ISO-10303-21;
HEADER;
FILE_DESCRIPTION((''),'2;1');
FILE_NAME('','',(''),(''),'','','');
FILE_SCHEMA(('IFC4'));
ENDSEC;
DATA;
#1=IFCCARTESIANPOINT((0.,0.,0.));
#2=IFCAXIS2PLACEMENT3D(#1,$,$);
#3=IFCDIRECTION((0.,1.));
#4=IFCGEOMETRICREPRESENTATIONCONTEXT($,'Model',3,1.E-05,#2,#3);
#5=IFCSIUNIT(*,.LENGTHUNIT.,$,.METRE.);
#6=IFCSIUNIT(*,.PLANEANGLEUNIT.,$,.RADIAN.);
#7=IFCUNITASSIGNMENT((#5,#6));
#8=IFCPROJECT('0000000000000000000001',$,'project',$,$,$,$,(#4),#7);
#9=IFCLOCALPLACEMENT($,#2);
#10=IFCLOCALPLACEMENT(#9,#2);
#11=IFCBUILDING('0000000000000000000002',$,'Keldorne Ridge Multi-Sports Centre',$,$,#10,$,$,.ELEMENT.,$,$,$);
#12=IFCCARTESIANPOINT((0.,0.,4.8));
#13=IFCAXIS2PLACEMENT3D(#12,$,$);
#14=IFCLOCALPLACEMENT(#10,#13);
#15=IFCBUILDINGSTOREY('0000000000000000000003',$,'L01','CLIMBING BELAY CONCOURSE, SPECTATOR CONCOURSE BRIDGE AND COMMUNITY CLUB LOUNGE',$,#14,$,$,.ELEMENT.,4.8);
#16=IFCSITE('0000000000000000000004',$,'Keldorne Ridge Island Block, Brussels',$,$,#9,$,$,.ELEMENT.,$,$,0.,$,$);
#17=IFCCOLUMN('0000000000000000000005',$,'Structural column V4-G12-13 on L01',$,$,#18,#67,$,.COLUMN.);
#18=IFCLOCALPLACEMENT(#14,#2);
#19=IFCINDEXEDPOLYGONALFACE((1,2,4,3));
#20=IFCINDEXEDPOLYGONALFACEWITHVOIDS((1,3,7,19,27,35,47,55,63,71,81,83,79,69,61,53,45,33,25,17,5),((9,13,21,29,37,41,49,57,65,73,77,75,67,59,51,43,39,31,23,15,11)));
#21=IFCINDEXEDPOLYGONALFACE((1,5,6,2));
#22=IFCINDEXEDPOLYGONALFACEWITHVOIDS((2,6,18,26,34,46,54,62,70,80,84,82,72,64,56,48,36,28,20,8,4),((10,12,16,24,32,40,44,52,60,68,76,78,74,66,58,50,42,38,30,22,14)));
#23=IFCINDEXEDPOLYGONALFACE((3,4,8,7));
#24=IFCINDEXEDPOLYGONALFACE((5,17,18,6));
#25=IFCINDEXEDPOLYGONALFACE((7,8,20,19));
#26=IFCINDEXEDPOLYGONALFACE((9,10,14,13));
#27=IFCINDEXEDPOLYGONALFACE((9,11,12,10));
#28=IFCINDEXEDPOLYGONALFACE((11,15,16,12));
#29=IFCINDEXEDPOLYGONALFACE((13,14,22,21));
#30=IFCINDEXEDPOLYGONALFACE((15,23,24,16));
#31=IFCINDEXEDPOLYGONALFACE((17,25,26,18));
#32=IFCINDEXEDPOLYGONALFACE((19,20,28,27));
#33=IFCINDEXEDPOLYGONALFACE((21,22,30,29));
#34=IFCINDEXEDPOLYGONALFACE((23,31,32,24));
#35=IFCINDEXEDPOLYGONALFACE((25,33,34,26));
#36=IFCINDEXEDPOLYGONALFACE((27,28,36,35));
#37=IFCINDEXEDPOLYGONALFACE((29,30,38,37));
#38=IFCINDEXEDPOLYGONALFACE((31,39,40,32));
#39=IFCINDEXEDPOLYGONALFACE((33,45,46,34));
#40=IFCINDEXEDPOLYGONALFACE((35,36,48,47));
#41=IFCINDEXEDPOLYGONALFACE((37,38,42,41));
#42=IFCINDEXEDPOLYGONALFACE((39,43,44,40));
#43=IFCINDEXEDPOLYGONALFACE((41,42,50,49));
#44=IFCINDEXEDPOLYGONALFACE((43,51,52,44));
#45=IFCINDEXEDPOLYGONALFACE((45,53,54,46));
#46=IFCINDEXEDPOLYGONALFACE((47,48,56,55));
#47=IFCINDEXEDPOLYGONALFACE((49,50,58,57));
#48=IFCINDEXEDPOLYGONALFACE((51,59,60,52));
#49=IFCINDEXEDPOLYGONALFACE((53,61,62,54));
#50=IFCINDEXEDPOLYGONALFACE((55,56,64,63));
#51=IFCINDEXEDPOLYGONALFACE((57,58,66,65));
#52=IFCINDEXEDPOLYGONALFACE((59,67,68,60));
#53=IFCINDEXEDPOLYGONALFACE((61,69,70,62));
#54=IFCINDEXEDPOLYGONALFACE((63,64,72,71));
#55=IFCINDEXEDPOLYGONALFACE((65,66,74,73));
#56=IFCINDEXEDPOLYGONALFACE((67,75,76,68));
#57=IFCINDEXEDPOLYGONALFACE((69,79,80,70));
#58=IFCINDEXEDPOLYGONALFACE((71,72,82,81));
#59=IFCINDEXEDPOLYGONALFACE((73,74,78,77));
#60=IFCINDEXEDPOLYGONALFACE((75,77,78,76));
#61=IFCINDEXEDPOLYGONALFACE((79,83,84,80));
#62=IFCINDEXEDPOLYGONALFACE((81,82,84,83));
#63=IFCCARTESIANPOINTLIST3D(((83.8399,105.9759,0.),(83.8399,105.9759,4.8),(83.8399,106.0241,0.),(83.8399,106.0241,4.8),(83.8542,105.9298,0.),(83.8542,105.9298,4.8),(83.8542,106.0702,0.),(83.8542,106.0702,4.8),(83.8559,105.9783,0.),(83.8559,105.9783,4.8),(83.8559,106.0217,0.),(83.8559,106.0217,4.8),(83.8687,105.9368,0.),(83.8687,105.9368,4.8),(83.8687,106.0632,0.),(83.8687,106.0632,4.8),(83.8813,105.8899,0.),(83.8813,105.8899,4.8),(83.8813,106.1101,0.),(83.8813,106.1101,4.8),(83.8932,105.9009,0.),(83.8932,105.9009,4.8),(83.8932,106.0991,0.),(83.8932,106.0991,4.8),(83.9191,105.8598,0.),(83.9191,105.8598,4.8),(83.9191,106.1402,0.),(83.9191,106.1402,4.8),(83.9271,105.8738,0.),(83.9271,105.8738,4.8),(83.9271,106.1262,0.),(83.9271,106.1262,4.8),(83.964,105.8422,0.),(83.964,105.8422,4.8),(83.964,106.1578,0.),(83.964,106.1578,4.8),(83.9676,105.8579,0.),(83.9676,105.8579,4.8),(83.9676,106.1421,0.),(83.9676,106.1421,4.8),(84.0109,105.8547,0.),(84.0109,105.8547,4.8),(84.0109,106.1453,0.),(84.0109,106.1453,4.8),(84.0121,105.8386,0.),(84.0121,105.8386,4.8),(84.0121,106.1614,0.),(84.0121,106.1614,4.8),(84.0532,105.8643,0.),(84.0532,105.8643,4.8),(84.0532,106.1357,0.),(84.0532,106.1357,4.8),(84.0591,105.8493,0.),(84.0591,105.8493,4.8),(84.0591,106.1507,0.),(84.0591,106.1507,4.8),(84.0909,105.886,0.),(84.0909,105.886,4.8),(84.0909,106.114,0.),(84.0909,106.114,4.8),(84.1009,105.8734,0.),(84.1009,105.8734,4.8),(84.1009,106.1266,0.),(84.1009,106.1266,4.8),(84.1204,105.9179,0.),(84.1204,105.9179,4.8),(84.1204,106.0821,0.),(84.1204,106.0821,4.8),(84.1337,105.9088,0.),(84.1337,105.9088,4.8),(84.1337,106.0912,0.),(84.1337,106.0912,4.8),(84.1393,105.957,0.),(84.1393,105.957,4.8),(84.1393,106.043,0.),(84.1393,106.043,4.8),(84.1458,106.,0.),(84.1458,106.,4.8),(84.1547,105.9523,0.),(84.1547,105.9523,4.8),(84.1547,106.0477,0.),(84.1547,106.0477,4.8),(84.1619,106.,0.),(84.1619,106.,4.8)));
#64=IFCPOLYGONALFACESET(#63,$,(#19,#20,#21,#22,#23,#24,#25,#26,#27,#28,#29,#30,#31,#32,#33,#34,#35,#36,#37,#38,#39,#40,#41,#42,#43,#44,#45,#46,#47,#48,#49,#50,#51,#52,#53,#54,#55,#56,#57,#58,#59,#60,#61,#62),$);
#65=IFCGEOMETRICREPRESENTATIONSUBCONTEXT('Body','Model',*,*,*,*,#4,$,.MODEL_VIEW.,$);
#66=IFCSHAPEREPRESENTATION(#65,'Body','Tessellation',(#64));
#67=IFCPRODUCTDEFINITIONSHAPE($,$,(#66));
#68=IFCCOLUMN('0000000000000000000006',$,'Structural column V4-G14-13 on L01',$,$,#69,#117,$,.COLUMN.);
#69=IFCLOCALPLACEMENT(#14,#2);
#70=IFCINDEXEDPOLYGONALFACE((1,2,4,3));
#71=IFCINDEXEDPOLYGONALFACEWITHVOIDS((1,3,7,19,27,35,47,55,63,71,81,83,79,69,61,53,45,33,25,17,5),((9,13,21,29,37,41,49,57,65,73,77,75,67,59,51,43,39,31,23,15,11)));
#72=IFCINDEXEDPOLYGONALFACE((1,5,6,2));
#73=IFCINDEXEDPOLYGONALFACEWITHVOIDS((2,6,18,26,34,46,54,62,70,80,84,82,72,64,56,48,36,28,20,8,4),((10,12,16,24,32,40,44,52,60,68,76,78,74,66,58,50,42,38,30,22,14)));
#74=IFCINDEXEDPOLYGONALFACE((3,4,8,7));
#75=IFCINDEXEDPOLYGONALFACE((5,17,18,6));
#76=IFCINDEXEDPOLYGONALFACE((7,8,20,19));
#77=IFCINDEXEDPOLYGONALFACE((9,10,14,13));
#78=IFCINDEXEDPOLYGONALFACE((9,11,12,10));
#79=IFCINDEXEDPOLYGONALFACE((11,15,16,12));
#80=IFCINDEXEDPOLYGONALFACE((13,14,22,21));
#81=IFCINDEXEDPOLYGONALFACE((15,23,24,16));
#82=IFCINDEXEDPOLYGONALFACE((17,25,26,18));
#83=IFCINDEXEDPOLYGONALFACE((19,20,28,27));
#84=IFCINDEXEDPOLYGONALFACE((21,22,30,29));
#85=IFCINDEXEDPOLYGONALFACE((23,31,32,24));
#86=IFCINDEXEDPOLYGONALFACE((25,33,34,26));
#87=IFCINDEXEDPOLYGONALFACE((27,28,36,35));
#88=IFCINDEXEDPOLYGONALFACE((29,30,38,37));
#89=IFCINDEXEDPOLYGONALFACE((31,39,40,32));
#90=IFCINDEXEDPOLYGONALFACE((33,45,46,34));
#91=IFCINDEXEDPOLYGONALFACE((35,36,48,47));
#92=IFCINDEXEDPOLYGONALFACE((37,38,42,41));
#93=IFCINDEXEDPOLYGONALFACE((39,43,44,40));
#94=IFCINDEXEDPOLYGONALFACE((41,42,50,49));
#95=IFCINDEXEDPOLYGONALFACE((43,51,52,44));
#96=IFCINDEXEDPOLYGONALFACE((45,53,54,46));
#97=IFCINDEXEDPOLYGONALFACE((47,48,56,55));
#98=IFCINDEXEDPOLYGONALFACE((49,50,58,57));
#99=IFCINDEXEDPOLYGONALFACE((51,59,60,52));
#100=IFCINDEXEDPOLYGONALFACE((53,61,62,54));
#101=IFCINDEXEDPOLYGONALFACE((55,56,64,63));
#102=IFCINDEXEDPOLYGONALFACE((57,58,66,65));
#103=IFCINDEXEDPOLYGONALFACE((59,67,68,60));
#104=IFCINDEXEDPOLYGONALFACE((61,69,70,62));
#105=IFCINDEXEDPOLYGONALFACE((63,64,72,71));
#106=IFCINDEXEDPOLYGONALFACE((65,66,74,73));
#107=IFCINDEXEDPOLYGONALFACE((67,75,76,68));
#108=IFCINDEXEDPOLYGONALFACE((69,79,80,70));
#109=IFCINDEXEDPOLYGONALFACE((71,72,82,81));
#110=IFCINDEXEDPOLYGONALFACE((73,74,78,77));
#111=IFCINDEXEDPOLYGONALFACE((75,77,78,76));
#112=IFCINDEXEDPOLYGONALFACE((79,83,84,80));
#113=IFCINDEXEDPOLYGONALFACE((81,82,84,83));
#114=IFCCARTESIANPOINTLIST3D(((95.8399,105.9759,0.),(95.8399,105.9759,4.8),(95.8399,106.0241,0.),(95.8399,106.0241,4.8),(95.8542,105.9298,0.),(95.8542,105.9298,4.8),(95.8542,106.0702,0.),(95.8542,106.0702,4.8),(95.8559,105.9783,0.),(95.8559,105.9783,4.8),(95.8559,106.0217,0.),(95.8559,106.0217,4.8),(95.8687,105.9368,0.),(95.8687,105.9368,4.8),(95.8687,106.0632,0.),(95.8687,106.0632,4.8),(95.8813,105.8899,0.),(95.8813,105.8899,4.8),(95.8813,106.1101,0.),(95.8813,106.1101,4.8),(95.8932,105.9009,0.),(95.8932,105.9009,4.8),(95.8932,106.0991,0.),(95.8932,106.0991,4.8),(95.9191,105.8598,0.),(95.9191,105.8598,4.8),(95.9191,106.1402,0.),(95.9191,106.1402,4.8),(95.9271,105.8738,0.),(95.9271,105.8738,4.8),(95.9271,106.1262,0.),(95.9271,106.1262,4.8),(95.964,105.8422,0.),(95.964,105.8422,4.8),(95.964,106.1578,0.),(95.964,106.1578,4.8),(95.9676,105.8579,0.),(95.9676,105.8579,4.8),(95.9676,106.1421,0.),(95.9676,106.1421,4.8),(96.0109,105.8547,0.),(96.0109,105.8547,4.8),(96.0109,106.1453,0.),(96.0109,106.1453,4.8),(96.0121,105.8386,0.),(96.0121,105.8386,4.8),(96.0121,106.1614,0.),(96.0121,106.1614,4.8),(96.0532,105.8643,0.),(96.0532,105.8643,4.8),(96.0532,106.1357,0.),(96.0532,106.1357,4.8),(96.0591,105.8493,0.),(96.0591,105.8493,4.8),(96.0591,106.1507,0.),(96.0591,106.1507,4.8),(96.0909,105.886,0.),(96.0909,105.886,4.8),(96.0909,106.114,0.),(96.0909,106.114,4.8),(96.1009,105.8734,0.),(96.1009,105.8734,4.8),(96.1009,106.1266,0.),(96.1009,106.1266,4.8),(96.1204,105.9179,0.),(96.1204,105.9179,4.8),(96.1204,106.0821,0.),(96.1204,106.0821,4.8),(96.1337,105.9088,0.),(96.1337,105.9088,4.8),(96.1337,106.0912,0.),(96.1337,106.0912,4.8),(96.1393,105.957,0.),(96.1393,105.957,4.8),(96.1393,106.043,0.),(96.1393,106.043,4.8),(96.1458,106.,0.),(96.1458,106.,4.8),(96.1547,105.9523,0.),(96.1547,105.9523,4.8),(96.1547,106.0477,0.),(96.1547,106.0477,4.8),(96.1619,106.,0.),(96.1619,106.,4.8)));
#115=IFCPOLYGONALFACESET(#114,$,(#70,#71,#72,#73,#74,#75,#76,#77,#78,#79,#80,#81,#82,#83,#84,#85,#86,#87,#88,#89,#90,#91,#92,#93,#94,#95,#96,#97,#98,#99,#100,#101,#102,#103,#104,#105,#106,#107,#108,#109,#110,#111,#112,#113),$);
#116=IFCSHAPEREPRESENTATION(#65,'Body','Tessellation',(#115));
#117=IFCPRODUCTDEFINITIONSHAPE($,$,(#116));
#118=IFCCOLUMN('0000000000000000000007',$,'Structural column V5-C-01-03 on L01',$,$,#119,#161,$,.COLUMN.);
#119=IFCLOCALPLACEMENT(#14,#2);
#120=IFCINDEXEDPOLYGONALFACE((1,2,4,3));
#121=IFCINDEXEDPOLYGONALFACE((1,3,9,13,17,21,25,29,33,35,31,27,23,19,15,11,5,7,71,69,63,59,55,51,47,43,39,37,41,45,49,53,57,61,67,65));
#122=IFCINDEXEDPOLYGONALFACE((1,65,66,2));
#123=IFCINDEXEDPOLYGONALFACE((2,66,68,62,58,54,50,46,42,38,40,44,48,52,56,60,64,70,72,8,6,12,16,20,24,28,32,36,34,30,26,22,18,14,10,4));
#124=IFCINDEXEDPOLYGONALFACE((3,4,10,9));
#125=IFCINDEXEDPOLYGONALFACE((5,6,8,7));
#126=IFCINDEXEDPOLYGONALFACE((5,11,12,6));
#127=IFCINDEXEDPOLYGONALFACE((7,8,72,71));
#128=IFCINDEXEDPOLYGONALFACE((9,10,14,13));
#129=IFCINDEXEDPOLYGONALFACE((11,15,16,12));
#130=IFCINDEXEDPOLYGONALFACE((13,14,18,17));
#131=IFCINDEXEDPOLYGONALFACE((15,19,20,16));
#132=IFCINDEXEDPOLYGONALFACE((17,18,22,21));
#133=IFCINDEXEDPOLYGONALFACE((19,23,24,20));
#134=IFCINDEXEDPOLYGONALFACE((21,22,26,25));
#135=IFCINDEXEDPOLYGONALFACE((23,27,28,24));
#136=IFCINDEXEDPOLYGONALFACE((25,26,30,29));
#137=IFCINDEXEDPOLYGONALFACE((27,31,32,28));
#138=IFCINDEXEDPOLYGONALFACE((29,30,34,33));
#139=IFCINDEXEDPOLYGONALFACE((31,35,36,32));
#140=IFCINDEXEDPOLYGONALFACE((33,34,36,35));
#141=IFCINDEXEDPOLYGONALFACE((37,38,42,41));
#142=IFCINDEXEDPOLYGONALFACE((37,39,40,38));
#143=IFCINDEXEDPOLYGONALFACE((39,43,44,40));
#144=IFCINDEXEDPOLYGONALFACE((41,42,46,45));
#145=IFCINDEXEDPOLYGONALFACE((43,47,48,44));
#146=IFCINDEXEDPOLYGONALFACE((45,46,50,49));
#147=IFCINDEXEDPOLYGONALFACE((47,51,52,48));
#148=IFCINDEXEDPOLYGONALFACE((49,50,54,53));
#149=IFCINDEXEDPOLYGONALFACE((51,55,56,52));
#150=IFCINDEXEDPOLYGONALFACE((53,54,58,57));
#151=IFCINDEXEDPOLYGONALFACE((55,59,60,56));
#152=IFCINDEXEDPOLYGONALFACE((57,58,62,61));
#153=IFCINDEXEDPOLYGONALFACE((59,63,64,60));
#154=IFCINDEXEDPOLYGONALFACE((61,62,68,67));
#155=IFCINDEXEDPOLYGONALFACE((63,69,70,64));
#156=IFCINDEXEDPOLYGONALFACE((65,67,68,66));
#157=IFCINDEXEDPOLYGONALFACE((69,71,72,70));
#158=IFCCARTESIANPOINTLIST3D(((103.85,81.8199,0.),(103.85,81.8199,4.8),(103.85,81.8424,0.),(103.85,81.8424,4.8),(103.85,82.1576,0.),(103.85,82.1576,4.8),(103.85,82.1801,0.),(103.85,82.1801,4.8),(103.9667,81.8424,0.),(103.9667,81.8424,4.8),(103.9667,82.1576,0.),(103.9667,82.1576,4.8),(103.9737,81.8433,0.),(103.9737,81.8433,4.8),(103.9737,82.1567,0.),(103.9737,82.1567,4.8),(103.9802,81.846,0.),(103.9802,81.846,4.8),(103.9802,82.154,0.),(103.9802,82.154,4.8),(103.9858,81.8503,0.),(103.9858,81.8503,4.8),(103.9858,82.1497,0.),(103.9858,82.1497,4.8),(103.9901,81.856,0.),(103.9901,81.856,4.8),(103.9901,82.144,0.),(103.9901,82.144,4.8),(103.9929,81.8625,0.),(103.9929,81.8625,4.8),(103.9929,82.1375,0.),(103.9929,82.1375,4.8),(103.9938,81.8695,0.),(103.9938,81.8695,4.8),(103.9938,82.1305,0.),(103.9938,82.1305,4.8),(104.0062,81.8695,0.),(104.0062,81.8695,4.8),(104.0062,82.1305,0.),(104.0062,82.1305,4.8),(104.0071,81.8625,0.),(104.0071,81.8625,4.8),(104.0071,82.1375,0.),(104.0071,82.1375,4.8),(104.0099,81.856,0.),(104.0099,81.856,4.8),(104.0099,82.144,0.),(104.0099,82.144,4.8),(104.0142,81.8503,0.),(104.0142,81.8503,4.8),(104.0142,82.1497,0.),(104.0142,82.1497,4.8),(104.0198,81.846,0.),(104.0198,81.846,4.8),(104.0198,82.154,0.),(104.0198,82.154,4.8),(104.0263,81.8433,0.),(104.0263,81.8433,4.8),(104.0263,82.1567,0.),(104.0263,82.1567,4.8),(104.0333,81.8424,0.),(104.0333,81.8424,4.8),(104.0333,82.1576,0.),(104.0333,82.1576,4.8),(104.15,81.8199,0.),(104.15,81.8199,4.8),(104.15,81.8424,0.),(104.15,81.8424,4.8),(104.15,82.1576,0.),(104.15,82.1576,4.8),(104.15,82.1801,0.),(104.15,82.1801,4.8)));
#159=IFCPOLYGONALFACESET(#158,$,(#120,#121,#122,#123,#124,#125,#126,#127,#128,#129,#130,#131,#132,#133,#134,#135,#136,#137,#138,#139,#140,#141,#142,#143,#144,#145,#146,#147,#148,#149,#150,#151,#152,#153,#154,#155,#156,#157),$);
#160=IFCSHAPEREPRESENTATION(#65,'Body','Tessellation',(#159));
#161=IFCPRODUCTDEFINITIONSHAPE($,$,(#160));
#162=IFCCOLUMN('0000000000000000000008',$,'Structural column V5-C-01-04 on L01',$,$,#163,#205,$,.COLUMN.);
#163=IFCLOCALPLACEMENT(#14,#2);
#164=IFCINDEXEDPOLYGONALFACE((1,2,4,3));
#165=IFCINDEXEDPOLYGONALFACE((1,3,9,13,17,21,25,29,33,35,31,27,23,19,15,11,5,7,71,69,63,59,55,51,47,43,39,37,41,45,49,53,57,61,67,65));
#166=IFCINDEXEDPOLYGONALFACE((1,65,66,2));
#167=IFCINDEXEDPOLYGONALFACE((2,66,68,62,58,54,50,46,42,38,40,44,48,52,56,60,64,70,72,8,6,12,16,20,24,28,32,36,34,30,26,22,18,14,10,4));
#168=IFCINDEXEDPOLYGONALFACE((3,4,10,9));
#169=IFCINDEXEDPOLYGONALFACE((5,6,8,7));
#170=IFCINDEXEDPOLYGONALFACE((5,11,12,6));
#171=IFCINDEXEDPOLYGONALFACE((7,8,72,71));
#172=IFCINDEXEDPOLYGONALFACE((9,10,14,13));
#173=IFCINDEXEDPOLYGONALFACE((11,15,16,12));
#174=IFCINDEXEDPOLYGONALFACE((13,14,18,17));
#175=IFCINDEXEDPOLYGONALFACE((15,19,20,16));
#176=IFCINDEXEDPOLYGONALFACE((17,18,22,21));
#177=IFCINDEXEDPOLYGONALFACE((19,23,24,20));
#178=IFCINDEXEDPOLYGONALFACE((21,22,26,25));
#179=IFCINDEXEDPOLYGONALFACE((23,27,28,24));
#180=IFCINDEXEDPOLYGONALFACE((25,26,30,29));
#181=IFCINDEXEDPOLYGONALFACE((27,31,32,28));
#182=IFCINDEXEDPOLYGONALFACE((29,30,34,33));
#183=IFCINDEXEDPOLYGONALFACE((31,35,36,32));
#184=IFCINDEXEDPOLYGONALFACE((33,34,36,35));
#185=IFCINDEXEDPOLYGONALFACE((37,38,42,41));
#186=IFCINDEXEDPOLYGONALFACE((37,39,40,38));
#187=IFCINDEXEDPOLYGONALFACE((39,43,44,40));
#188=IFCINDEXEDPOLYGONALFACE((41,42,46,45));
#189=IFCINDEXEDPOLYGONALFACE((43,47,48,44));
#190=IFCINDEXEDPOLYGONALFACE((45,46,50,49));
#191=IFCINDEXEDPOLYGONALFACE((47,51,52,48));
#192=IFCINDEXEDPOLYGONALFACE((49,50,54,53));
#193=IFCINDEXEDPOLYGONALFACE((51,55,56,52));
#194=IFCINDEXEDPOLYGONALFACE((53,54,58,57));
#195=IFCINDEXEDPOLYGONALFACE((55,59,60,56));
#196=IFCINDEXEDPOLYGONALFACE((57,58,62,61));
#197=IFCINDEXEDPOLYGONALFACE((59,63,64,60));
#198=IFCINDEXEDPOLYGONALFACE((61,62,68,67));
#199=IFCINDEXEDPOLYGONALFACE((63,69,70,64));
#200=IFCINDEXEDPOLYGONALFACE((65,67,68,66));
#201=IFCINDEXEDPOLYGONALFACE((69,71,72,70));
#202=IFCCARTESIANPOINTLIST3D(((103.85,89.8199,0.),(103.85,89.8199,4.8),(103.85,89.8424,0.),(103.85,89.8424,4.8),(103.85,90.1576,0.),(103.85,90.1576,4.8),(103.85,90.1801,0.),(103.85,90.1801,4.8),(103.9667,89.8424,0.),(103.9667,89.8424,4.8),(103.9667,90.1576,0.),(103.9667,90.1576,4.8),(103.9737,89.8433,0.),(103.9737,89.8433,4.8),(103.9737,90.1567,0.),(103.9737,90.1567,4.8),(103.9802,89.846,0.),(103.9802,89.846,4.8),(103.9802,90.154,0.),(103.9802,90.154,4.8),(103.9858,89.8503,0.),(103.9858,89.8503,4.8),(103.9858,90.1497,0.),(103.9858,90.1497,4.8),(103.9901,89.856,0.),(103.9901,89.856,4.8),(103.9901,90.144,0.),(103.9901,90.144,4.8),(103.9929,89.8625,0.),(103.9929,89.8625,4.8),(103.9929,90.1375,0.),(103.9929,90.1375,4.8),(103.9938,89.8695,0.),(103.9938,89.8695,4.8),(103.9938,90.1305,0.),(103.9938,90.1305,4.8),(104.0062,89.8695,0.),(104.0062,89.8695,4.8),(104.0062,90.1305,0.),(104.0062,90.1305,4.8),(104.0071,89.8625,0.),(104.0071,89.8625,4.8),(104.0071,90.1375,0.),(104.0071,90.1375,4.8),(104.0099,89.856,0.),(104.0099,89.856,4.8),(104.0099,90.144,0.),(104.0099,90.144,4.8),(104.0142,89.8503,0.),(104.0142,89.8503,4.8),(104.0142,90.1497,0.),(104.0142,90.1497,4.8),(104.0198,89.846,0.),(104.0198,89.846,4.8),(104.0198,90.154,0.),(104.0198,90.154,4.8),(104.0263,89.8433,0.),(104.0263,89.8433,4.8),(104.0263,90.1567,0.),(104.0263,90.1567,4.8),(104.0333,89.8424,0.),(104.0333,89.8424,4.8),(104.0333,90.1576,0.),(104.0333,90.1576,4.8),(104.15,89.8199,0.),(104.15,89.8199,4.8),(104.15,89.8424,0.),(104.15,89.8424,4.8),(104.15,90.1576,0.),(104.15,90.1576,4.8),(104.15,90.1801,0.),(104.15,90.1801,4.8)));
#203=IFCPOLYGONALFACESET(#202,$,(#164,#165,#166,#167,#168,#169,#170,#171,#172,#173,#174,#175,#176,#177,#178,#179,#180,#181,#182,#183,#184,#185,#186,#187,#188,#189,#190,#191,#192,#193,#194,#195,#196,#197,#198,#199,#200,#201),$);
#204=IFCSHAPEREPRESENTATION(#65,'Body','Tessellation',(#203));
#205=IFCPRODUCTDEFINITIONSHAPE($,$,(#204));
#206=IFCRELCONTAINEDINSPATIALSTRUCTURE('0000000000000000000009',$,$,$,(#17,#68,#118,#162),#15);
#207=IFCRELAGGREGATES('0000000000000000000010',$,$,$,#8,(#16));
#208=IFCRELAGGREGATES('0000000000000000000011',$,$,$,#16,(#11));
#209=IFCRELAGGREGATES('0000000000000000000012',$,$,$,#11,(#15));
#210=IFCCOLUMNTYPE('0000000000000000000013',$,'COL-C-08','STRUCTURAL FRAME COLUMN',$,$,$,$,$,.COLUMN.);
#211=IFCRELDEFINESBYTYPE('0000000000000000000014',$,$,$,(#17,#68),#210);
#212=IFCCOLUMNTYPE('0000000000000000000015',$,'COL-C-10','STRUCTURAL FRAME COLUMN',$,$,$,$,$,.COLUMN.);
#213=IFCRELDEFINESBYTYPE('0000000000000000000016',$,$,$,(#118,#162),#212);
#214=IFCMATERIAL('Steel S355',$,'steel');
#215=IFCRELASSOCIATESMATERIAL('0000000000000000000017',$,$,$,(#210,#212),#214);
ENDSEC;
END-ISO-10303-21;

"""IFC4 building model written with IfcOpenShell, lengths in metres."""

from ifc_helpers import new_model, si_unit, direction, frame, origin, origin_2d, place, context, subcontext, project, spatial, hollow_circle, i_section, extrude, material, material_profile, profile_set, type_object, element, save


model = new_model("IFC4")

# Units and contexts
model_context = context("Model", 3, precision=1e-05, world=origin(), true_north=direction((0.0, 1.0)))
body_context = subcontext(model_context, "Body", "Model", "MODEL_VIEW")
ifc_project = project(units=[si_unit("LENGTHUNIT", "METRE"), si_unit("PLANEANGLEUNIT", "RADIAN")], contexts=[model_context])

# Site, building, storey
site_placement = place(None, origin())
site = spatial("IfcSite", under=ifc_project, at=site_placement, Name="Keldorne Ridge Island Block, Brussels", CompositionType="ELEMENT", RefElevation=0.0)
building_placement = place(site_placement, origin())
building = spatial("IfcBuilding", under=site, at=building_placement, Name="Keldorne Ridge Multi-Sports Centre", CompositionType="ELEMENT")
storey_placement = place(building_placement, frame((0.0, 0.0, 4.8)))
storey = spatial("IfcBuildingStorey", under=building, at=storey_placement, Name="L01", Description="CLIMBING BELAY CONCOURSE, SPECTATOR CONCOURSE BRIDGE AND COMMUNITY CLUB LOUNGE", CompositionType="ELEMENT", Elevation=4.8)

# Columns
ifc_material_1 = material(Name="Steel S355", Category="steel")
ifc_material_profile_1 = material_profile(ifc_material_1, hollow_circle(Radius=0.1619, WallThickness=0.0161, at=origin_2d()), Name="CHS 323.9x16")
ifc_profile_set_1 = profile_set([ifc_material_profile_1], Name="Steel S355")
column_type_1 = type_object("IfcColumnType", Name="COL-C-08", Description="STRUCTURAL FRAME COLUMN", PredefinedType="COLUMN", material=ifc_profile_set_1)
for number, where, z_axis, x_axis, name in (
    (1, (84.0, 106.0, 0.0), (0.0, 0.0, 1.0), (1.0, 0.0, 0.0), "Structural column V4-G12-13 on L01"),
    (2, (96.0, 106.0, 0.0), (0.0, 0.0, 1.0), (1.0, 0.0, 0.0), "Structural column V4-G14-13 on L01"),
):
    element("IfcColumn", number, at=place(storey_placement, frame(where, z_axis=z_axis, x_axis=x_axis)), inside=storey, type_object=column_type_1, Name=name, PredefinedType="COLUMN", context=body_context, shape_type="SweptSolid", body=[
        extrude(hollow_circle(Radius=0.1619, WallThickness=0.0161, at=origin_2d()), origin(), (0.0, 0.0, 1.0), 4.8),
    ])
ifc_material_profile_2 = material_profile(ifc_material_1, i_section(OverallWidth=0.3, OverallDepth=0.3601, WebThickness=0.0125, FlangeThickness=0.0225, FilletRadius=0.0271, at=origin_2d()), Name="HEB 360")
ifc_profile_set_2 = profile_set([ifc_material_profile_2], Name="Steel S355")
column_type_2 = type_object("IfcColumnType", Name="COL-C-10", Description="STRUCTURAL FRAME COLUMN", PredefinedType="COLUMN", material=ifc_profile_set_2)
for number, where, z_axis, x_axis, name in (
    (3, (104.0, 82.0, 0.0), (0.0, 0.0, 1.0), (1.0, 0.0, 0.0), "Structural column V5-C-01-03 on L01"),
    (4, (104.0, 90.0, 0.0), (0.0, 0.0, 1.0), (1.0, 0.0, 0.0), "Structural column V5-C-01-04 on L01"),
):
    element("IfcColumn", number, at=place(storey_placement, frame(where, z_axis=z_axis, x_axis=x_axis)), inside=storey, type_object=column_type_2, Name=name, PredefinedType="COLUMN", context=body_context, shape_type="SweptSolid", body=[
        extrude(i_section(OverallWidth=0.3, OverallDepth=0.3601, WebThickness=0.0125, FlangeThickness=0.0225, FilletRadius=0.0271, at=origin_2d()), origin(), (0.0, 0.0, 1.0), 4.8),
    ])

save(model, "model.ifc")
